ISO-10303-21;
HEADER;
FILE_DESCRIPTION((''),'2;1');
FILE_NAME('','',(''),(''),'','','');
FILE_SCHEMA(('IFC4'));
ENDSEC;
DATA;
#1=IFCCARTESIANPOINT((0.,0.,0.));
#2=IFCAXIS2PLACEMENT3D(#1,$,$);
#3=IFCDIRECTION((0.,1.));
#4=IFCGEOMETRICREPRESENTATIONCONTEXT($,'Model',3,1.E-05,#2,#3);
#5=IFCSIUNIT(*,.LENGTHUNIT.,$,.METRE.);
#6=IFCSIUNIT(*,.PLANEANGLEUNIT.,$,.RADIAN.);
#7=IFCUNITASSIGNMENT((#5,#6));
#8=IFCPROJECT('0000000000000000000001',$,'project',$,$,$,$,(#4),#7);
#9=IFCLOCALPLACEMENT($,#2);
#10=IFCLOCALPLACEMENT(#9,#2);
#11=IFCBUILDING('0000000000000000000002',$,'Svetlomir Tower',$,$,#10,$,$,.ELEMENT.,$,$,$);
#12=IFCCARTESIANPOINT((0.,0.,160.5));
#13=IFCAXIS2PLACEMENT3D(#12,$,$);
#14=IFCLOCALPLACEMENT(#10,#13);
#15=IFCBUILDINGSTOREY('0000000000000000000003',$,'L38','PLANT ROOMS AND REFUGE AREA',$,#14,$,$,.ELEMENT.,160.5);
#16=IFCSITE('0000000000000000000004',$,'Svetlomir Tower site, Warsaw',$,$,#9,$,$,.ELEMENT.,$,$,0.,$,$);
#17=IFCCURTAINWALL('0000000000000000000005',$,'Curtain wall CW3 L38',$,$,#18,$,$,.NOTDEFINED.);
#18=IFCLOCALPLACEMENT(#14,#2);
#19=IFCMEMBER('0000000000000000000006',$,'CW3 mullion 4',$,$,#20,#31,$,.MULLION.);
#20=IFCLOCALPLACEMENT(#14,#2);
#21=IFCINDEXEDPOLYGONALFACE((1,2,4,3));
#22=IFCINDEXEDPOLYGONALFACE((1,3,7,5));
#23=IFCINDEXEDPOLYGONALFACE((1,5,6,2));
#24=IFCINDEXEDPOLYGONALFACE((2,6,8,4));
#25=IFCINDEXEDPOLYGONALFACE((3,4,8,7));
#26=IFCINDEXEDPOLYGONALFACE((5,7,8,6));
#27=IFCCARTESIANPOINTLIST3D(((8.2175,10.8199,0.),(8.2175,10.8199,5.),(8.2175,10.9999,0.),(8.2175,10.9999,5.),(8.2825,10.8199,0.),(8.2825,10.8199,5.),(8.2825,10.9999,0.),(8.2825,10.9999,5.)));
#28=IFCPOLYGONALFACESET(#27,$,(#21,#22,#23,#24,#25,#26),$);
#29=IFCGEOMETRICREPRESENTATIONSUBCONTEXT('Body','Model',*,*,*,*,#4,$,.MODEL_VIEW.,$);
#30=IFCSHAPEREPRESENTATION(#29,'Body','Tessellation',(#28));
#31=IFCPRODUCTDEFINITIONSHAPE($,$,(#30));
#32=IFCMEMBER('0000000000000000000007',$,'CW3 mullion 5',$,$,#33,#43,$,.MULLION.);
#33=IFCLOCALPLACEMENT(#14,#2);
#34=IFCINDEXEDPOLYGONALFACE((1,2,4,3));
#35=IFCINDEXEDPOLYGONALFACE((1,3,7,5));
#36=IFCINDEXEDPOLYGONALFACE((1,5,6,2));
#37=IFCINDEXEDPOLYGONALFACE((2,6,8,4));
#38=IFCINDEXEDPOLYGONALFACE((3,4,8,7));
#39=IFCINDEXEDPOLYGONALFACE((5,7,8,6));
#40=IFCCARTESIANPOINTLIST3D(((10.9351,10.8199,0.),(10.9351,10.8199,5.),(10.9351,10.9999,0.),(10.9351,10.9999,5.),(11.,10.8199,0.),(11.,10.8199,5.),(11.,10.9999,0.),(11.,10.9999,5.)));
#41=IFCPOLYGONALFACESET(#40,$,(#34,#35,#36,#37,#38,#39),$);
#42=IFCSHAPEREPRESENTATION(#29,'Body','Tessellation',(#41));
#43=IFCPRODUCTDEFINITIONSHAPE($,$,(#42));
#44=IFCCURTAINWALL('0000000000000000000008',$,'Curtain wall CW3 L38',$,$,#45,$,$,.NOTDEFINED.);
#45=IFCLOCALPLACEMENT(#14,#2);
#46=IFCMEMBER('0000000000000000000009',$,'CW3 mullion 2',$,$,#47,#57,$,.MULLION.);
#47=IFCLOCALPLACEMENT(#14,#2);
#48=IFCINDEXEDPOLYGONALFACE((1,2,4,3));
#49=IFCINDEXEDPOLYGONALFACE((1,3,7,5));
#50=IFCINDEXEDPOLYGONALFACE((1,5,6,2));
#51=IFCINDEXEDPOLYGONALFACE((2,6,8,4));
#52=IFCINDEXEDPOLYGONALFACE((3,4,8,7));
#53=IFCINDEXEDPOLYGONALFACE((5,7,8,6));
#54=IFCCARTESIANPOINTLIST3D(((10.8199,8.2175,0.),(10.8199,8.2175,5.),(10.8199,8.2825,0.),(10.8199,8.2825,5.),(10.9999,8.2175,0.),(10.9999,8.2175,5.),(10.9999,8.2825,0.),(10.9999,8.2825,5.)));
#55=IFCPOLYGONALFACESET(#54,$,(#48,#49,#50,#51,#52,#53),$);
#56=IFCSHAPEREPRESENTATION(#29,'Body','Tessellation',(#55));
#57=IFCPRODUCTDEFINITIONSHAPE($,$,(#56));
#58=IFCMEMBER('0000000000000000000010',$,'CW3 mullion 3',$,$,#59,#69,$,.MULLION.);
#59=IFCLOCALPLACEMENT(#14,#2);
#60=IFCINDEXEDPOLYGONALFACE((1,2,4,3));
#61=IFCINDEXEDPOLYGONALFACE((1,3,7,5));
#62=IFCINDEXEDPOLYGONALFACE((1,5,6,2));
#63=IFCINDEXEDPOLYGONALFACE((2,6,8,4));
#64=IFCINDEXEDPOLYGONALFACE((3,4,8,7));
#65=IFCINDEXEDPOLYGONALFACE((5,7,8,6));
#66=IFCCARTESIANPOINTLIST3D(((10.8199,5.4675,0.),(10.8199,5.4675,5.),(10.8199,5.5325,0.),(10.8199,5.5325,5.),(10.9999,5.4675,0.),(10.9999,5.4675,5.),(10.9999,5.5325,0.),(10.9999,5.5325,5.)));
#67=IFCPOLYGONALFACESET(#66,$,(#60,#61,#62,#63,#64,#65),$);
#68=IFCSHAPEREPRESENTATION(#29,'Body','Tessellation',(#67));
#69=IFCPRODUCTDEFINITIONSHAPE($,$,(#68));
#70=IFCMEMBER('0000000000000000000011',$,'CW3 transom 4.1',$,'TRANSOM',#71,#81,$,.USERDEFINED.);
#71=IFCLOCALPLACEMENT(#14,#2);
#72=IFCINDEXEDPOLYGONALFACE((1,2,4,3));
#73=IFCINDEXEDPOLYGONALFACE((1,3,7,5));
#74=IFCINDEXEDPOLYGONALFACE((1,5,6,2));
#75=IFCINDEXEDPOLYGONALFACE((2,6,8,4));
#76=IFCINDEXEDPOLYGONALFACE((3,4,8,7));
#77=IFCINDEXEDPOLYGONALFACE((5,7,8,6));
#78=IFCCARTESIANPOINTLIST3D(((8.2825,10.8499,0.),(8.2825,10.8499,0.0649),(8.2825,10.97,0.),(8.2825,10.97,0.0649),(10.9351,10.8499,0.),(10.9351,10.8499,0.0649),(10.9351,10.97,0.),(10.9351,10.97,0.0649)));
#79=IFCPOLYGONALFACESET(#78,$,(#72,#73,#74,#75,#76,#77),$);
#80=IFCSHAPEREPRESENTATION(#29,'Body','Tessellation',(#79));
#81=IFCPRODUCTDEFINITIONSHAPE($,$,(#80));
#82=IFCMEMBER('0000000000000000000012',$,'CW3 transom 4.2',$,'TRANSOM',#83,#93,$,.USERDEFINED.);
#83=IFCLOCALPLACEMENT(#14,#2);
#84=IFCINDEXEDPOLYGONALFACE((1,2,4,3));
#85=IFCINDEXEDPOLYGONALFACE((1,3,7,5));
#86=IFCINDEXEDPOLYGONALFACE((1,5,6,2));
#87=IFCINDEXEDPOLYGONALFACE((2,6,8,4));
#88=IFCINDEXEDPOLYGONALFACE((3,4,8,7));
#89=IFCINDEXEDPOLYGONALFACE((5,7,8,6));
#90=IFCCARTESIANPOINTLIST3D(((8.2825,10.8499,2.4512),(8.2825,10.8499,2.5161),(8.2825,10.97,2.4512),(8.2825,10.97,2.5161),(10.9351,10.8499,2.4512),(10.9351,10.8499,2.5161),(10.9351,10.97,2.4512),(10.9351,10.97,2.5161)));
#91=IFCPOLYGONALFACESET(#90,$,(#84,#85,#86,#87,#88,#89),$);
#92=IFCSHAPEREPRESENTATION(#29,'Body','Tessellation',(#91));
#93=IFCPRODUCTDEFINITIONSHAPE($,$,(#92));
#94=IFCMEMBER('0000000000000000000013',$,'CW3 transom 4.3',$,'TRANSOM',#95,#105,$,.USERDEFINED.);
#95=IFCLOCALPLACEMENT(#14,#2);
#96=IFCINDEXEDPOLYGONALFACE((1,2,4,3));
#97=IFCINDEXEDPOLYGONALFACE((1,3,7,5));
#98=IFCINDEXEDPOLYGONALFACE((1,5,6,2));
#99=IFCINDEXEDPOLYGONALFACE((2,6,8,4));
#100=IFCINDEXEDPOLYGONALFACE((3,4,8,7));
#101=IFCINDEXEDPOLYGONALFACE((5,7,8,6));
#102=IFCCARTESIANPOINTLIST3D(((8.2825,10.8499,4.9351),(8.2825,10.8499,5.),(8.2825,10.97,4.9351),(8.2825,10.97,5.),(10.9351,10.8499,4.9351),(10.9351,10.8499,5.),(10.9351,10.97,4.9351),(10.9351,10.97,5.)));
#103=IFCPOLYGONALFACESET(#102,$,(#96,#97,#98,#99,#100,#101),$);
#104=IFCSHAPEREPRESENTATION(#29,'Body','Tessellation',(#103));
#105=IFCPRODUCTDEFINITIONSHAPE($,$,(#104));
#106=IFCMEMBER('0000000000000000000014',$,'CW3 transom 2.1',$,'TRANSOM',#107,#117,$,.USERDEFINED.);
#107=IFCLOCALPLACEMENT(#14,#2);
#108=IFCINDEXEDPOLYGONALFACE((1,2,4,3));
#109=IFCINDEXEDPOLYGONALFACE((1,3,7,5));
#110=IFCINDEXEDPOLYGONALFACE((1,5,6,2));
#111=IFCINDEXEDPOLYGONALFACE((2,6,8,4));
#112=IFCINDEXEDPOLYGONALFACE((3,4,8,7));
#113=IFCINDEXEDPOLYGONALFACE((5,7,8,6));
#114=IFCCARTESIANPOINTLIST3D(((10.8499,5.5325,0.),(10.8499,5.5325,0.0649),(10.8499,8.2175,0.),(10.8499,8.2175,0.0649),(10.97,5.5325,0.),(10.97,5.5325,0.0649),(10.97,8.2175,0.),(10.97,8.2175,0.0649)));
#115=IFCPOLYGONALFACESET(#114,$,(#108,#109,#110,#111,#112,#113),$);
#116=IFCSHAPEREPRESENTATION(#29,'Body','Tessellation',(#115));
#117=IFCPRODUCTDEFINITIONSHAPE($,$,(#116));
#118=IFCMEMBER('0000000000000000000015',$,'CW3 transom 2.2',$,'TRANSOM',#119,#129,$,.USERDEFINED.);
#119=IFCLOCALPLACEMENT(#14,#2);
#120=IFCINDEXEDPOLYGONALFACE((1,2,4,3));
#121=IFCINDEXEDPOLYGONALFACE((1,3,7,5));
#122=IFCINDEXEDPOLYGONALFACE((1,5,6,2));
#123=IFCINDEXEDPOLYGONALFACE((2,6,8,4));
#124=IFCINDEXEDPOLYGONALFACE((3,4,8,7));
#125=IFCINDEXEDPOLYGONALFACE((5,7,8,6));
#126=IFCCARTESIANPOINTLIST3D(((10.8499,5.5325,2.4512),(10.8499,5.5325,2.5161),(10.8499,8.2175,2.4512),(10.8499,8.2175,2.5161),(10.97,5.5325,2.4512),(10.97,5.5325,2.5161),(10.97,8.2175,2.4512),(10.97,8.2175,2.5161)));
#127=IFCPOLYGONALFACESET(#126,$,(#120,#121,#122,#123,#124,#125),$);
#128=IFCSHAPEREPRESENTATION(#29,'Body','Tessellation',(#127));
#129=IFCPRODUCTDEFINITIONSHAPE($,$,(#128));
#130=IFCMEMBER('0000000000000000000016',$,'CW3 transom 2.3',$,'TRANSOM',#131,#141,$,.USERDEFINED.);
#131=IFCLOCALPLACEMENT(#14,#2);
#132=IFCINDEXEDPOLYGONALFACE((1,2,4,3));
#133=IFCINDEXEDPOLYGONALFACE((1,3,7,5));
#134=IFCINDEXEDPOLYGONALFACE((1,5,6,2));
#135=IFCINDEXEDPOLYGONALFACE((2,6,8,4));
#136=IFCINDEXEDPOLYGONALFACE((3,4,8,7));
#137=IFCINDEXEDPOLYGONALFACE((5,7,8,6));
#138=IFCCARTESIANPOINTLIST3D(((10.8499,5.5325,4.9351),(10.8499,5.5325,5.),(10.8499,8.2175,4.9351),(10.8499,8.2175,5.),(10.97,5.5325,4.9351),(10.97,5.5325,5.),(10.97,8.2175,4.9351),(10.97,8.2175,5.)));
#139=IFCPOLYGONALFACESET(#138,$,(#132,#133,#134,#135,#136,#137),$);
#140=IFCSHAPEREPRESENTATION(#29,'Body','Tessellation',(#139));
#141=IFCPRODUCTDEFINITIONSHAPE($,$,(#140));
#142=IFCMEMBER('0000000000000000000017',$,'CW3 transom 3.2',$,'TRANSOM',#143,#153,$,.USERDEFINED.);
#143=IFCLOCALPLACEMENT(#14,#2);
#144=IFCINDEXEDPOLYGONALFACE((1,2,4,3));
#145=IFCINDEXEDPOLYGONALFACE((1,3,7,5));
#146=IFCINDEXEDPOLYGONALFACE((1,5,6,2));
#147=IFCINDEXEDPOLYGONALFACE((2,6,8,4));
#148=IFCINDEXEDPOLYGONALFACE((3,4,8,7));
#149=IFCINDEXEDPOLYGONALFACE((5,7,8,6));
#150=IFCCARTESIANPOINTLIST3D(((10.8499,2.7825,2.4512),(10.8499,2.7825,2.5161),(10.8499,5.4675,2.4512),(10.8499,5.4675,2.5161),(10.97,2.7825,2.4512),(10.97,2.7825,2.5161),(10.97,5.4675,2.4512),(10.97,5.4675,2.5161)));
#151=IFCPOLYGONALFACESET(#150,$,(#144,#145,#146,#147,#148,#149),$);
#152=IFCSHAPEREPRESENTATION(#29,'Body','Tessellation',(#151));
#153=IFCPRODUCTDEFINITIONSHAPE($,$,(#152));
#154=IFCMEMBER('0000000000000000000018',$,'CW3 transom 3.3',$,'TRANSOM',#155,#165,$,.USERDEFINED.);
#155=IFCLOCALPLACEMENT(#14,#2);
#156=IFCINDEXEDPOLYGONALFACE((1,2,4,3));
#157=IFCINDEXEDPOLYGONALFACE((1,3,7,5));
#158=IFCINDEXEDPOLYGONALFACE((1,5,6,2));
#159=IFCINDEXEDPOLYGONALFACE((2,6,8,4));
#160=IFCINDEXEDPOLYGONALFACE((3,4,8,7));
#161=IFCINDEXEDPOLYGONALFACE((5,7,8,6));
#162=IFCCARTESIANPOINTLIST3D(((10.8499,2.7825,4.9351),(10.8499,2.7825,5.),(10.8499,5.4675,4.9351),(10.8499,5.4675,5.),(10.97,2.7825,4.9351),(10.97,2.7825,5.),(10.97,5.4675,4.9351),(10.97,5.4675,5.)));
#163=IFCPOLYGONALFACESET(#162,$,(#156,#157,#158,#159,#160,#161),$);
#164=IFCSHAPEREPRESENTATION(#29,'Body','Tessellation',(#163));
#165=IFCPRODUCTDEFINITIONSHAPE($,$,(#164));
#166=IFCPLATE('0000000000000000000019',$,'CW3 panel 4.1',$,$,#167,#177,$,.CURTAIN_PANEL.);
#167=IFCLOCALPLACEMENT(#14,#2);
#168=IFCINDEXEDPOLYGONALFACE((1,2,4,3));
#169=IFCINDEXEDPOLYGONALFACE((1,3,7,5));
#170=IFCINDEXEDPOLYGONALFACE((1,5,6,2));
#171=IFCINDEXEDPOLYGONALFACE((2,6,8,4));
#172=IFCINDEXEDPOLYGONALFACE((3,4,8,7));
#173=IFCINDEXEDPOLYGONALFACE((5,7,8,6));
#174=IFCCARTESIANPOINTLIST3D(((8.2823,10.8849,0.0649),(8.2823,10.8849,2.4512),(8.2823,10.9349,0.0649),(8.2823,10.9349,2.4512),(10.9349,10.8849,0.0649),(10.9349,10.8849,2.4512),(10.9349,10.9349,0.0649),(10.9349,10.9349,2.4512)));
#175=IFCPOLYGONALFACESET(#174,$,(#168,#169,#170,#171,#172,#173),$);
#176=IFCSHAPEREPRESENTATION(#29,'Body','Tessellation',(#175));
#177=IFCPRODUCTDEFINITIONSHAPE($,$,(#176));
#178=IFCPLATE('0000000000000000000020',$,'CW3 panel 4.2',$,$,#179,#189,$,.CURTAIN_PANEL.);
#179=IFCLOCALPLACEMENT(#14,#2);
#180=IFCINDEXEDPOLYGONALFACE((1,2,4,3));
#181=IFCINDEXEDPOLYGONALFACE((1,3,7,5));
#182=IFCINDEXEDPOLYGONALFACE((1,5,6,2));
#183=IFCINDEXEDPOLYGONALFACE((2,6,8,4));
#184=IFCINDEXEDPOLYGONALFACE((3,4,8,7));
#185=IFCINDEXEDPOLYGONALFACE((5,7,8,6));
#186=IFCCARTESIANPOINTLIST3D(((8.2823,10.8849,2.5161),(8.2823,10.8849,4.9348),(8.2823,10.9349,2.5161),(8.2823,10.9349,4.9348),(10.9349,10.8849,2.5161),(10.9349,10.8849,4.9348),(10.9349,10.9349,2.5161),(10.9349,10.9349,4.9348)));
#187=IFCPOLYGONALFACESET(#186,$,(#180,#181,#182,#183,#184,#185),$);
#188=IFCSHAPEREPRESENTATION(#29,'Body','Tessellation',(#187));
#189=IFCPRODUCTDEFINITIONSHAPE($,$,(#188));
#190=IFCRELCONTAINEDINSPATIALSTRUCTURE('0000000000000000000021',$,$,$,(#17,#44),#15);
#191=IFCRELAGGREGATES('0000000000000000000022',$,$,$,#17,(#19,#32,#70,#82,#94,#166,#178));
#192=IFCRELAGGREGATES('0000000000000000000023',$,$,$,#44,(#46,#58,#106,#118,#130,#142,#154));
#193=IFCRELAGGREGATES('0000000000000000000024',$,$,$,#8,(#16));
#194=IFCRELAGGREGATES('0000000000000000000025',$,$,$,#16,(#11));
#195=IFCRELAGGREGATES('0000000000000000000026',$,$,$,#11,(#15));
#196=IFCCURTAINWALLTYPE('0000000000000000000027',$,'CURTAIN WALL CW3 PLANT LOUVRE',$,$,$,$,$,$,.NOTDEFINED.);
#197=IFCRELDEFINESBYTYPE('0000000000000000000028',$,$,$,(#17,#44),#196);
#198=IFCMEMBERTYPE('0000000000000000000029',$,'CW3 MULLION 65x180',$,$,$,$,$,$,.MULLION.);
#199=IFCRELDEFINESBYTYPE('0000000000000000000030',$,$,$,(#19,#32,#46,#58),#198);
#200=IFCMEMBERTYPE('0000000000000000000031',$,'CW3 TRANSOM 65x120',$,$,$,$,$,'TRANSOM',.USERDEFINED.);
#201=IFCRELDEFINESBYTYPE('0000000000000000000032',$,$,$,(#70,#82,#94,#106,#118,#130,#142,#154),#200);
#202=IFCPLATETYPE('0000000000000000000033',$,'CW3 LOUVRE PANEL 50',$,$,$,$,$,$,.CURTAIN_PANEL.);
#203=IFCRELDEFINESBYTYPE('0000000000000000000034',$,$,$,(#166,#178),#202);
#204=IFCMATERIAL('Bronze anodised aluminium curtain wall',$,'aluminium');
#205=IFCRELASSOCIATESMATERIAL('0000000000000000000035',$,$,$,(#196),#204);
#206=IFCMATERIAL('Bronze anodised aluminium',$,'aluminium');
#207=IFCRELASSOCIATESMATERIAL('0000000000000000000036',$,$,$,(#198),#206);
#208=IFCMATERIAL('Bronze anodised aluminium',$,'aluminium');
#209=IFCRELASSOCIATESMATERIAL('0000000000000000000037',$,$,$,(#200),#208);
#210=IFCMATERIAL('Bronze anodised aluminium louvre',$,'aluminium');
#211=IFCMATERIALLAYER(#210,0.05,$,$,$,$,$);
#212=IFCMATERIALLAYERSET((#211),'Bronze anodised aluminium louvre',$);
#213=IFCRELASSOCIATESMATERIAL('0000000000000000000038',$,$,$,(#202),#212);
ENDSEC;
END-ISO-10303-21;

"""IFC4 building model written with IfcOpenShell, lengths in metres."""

from ifc_helpers import new_model, si_unit, direction, frame, origin, origin_2d, place, context, subcontext, project, spatial, rectangle, extrude, material, layer, layer_set, material_profile, profile_set, type_object, element, aggregate, save


model = new_model("IFC4")

# Units and contexts
model_context = context("Model", 3, precision=1e-05, world=origin(), true_north=direction((0.0, 1.0)))
body_context = subcontext(model_context, "Body", "Model", "MODEL_VIEW")
ifc_project = project(units=[si_unit("LENGTHUNIT", "METRE"), si_unit("PLANEANGLEUNIT", "RADIAN")], contexts=[model_context])

# Site, building, storey
site_placement = place(None, origin())
site = spatial("IfcSite", under=ifc_project, at=site_placement, Name="Svetlomir Tower site, Warsaw", CompositionType="ELEMENT", RefElevation=0.0)
building_placement = place(site_placement, origin())
building = spatial("IfcBuilding", under=site, at=building_placement, Name="Svetlomir Tower", CompositionType="ELEMENT")
storey_placement = place(building_placement, frame((0.0, 0.0, 160.5)))
storey = spatial("IfcBuildingStorey", under=building, at=storey_placement, Name="L38", Description="PLANT ROOMS AND REFUGE AREA", CompositionType="ELEMENT", Elevation=160.5)

# Curtain walls, members
ifc_material_1 = material(Name="Bronze anodised aluminium curtain wall", Category="aluminium")
curtain_wall_type = type_object("IfcCurtainWallType", Name="CURTAIN WALL CW3 PLANT LOUVRE", PredefinedType="NOTDEFINED", material=ifc_material_1)
curtain_wall_1_placement = place(storey_placement, origin())
curtain_wall_1 = element("IfcCurtainWall", 1, at=curtain_wall_1_placement, inside=storey, type_object=curtain_wall_type, Name="Curtain wall CW3 L38", PredefinedType="NOTDEFINED")
ifc_material_2 = material(Name="Bronze anodised aluminium", Category="aluminium")
ifc_material_profile_1 = material_profile(ifc_material_2, rectangle(XDim=0.0649, YDim=0.1799, at=origin_2d()), Name="AL 65x180")
ifc_profile_set_1 = profile_set([ifc_material_profile_1], Name="Bronze anodised aluminium 6063-T6")
member_type_1 = type_object("IfcMemberType", Name="CW3 MULLION 65x180", PredefinedType="MULLION", material=ifc_profile_set_1)
member_1_placement = place(storey_placement, frame((8.25, 10.9099, 0.0), z_axis=(0.0, 0.0, 1.0), x_axis=(1.0, 0.0, 0.0)))
member_1 = element("IfcMember", 2, at=member_1_placement, type_object=member_type_1, Name="CW3 mullion 4", PredefinedType="MULLION", context=body_context, shape_type="SweptSolid", body=[
    extrude(rectangle(XDim=0.0649, YDim=0.1799, at=origin_2d()), origin(), (0.0, 0.0, 1.0), 5.0),
])
member_2_placement = place(storey_placement, frame((10.9675, 10.9099, 0.0), z_axis=(0.0, 0.0, 1.0), x_axis=(1.0, 0.0, 0.0)))
member_2 = element("IfcMember", 3, at=member_2_placement, type_object=member_type_1, Name="CW3 mullion 5", PredefinedType="MULLION", context=body_context, shape_type="SweptSolid", body=[
    extrude(rectangle(XDim=0.0649, YDim=0.1799, at=origin_2d()), origin(), (0.0, 0.0, 1.0), 5.0),
])
curtain_wall_2_placement = place(storey_placement, origin())
curtain_wall_2 = element("IfcCurtainWall", 4, at=curtain_wall_2_placement, inside=storey, type_object=curtain_wall_type, Name="Curtain wall CW3 L38", PredefinedType="NOTDEFINED")
member_3_placement = place(storey_placement, frame((10.9099, 8.25, 0.0), z_axis=(0.0, 0.0, 1.0), x_axis=(0.0, -1.0, 0.0)))
member_3 = element("IfcMember", 5, at=member_3_placement, type_object=member_type_1, Name="CW3 mullion 2", PredefinedType="MULLION", context=body_context, shape_type="SweptSolid", body=[
    extrude(rectangle(XDim=0.0649, YDim=0.1799, at=origin_2d()), origin(), (0.0, 0.0, 1.0), 5.0),
])
member_4_placement = place(storey_placement, frame((10.9099, 5.5, 0.0), z_axis=(0.0, 0.0, 1.0), x_axis=(0.0, -1.0, 0.0)))
member_4 = element("IfcMember", 6, at=member_4_placement, type_object=member_type_1, Name="CW3 mullion 3", PredefinedType="MULLION", context=body_context, shape_type="SweptSolid", body=[
    extrude(rectangle(XDim=0.0649, YDim=0.1799, at=origin_2d()), origin(), (0.0, 0.0, 1.0), 5.0),
])

# Members
ifc_material_3 = material(Name="Bronze anodised aluminium", Category="aluminium")
ifc_material_profile_2 = material_profile(ifc_material_3, rectangle(XDim=0.1201, YDim=0.0649, at=origin_2d()), Name="AL 120x65")
ifc_profile_set_2 = profile_set([ifc_material_profile_2], Name="Bronze anodised aluminium 6063-T6")
member_type_2 = type_object("IfcMemberType", Name="CW3 TRANSOM 65x120", ElementType="TRANSOM", PredefinedType="USERDEFINED", material=ifc_profile_set_2)
member_5_placement = place(storey_placement, frame((8.2825, 10.9099, 0.0325), z_axis=(1.0, 0.0, 0.0), x_axis=(0.0, 1.0, 0.0)))
member_5 = element("IfcMember", 7, at=member_5_placement, type_object=member_type_2, Name="CW3 transom 4.1", ObjectType="TRANSOM", PredefinedType="USERDEFINED", context=body_context, shape_type="SweptSolid", body=[
    extrude(rectangle(XDim=0.1201, YDim=0.0649, at=origin_2d()), origin(), (0.0, 0.0, 1.0), 2.6526),
])
member_6_placement = place(storey_placement, frame((8.2825, 10.9099, 2.4836), z_axis=(1.0, 0.0, 0.0), x_axis=(0.0, 1.0, 0.0)))
member_6 = element("IfcMember", 8, at=member_6_placement, type_object=member_type_2, Name="CW3 transom 4.2", ObjectType="TRANSOM", PredefinedType="USERDEFINED", context=body_context, shape_type="SweptSolid", body=[
    extrude(rectangle(XDim=0.1201, YDim=0.0649, at=origin_2d()), origin(), (0.0, 0.0, 1.0), 2.6526),
])
member_7_placement = place(storey_placement, frame((8.2825, 10.9099, 4.9675), z_axis=(1.0, 0.0, 0.0), x_axis=(0.0, 1.0, 0.0)))
member_7 = element("IfcMember", 9, at=member_7_placement, type_object=member_type_2, Name="CW3 transom 4.3", ObjectType="TRANSOM", PredefinedType="USERDEFINED", context=body_context, shape_type="SweptSolid", body=[
    extrude(rectangle(XDim=0.1201, YDim=0.0649, at=origin_2d()), origin(), (0.0, 0.0, 1.0), 2.6526),
])
member_8_placement = place(storey_placement, frame((10.9099, 8.2175, 0.0325), z_axis=(0.0, -1.0, 0.0), x_axis=(1.0, 0.0, 0.0)))
member_8 = element("IfcMember", 10, at=member_8_placement, type_object=member_type_2, Name="CW3 transom 2.1", ObjectType="TRANSOM", PredefinedType="USERDEFINED", context=body_context, shape_type="SweptSolid", body=[
    extrude(rectangle(XDim=0.1201, YDim=0.0649, at=origin_2d()), origin(), (0.0, 0.0, 1.0), 2.6851),
])
member_9_placement = place(storey_placement, frame((10.9099, 8.2175, 2.4836), z_axis=(0.0, -1.0, 0.0), x_axis=(1.0, 0.0, 0.0)))
member_9 = element("IfcMember", 11, at=member_9_placement, type_object=member_type_2, Name="CW3 transom 2.2", ObjectType="TRANSOM", PredefinedType="USERDEFINED", context=body_context, shape_type="SweptSolid", body=[
    extrude(rectangle(XDim=0.1201, YDim=0.0649, at=origin_2d()), origin(), (0.0, 0.0, 1.0), 2.6851),
])
member_10_placement = place(storey_placement, frame((10.9099, 8.2175, 4.9675), z_axis=(0.0, -1.0, 0.0), x_axis=(1.0, 0.0, 0.0)))
member_10 = element("IfcMember", 12, at=member_10_placement, type_object=member_type_2, Name="CW3 transom 2.3", ObjectType="TRANSOM", PredefinedType="USERDEFINED", context=body_context, shape_type="SweptSolid", body=[
    extrude(rectangle(XDim=0.1201, YDim=0.0649, at=origin_2d()), origin(), (0.0, 0.0, 1.0), 2.6851),
])
member_11_placement = place(storey_placement, frame((10.9099, 5.4675, 2.4836), z_axis=(0.0, -1.0, 0.0), x_axis=(1.0, 0.0, 0.0)))
member_11 = element("IfcMember", 13, at=member_11_placement, type_object=member_type_2, Name="CW3 transom 3.2", ObjectType="TRANSOM", PredefinedType="USERDEFINED", context=body_context, shape_type="SweptSolid", body=[
    extrude(rectangle(XDim=0.1201, YDim=0.0649, at=origin_2d()), origin(), (0.0, 0.0, 1.0), 2.6851),
])
member_12_placement = place(storey_placement, frame((10.9099, 5.4675, 4.9675), z_axis=(0.0, -1.0, 0.0), x_axis=(1.0, 0.0, 0.0)))
member_12 = element("IfcMember", 14, at=member_12_placement, type_object=member_type_2, Name="CW3 transom 3.3", ObjectType="TRANSOM", PredefinedType="USERDEFINED", context=body_context, shape_type="SweptSolid", body=[
    extrude(rectangle(XDim=0.1201, YDim=0.0649, at=origin_2d()), origin(), (0.0, 0.0, 1.0), 2.6851),
])

# Plates
ifc_material_4 = material(Name="Bronze anodised aluminium louvre", Category="aluminium")
ifc_layer = layer(ifc_material_4, 0.05)
ifc_layer_set = layer_set([ifc_layer], Name="Bronze anodised aluminium louvre")
plate_type = type_object("IfcPlateType", Name="CW3 LOUVRE PANEL 50", PredefinedType="CURTAIN_PANEL", material=ifc_layer_set)
plate_1_placement = place(storey_placement, frame((9.6086, 10.9099, 0.0649), z_axis=(0.0, 0.0, 1.0), x_axis=(1.0, 0.0, 0.0)))
plate_1 = element("IfcPlate", 15, at=plate_1_placement, type_object=plate_type, Name="CW3 panel 4.1", PredefinedType="CURTAIN_PANEL", context=body_context, shape_type="SweptSolid", body=[
    extrude(rectangle(XDim=2.6526, YDim=0.05, at=origin_2d()), origin(), (0.0, 0.0, 1.0), 2.3862),
])
plate_2_placement = place(storey_placement, frame((9.6086, 10.9099, 2.5161), z_axis=(0.0, 0.0, 1.0), x_axis=(1.0, 0.0, 0.0)))
plate_2 = element("IfcPlate", 16, at=plate_2_placement, type_object=plate_type, Name="CW3 panel 4.2", PredefinedType="CURTAIN_PANEL", context=body_context, shape_type="SweptSolid", body=[
    extrude(rectangle(XDim=2.6526, YDim=0.05, at=origin_2d()), origin(), (0.0, 0.0, 1.0), 2.4187),
])
aggregate(curtain_wall_1, [member_1, member_2, member_5, member_6, member_7, plate_1, plate_2])
aggregate(curtain_wall_2, [member_3, member_4, member_8, member_9, member_10, member_11, member_12])

save(model, "model.ifc")
